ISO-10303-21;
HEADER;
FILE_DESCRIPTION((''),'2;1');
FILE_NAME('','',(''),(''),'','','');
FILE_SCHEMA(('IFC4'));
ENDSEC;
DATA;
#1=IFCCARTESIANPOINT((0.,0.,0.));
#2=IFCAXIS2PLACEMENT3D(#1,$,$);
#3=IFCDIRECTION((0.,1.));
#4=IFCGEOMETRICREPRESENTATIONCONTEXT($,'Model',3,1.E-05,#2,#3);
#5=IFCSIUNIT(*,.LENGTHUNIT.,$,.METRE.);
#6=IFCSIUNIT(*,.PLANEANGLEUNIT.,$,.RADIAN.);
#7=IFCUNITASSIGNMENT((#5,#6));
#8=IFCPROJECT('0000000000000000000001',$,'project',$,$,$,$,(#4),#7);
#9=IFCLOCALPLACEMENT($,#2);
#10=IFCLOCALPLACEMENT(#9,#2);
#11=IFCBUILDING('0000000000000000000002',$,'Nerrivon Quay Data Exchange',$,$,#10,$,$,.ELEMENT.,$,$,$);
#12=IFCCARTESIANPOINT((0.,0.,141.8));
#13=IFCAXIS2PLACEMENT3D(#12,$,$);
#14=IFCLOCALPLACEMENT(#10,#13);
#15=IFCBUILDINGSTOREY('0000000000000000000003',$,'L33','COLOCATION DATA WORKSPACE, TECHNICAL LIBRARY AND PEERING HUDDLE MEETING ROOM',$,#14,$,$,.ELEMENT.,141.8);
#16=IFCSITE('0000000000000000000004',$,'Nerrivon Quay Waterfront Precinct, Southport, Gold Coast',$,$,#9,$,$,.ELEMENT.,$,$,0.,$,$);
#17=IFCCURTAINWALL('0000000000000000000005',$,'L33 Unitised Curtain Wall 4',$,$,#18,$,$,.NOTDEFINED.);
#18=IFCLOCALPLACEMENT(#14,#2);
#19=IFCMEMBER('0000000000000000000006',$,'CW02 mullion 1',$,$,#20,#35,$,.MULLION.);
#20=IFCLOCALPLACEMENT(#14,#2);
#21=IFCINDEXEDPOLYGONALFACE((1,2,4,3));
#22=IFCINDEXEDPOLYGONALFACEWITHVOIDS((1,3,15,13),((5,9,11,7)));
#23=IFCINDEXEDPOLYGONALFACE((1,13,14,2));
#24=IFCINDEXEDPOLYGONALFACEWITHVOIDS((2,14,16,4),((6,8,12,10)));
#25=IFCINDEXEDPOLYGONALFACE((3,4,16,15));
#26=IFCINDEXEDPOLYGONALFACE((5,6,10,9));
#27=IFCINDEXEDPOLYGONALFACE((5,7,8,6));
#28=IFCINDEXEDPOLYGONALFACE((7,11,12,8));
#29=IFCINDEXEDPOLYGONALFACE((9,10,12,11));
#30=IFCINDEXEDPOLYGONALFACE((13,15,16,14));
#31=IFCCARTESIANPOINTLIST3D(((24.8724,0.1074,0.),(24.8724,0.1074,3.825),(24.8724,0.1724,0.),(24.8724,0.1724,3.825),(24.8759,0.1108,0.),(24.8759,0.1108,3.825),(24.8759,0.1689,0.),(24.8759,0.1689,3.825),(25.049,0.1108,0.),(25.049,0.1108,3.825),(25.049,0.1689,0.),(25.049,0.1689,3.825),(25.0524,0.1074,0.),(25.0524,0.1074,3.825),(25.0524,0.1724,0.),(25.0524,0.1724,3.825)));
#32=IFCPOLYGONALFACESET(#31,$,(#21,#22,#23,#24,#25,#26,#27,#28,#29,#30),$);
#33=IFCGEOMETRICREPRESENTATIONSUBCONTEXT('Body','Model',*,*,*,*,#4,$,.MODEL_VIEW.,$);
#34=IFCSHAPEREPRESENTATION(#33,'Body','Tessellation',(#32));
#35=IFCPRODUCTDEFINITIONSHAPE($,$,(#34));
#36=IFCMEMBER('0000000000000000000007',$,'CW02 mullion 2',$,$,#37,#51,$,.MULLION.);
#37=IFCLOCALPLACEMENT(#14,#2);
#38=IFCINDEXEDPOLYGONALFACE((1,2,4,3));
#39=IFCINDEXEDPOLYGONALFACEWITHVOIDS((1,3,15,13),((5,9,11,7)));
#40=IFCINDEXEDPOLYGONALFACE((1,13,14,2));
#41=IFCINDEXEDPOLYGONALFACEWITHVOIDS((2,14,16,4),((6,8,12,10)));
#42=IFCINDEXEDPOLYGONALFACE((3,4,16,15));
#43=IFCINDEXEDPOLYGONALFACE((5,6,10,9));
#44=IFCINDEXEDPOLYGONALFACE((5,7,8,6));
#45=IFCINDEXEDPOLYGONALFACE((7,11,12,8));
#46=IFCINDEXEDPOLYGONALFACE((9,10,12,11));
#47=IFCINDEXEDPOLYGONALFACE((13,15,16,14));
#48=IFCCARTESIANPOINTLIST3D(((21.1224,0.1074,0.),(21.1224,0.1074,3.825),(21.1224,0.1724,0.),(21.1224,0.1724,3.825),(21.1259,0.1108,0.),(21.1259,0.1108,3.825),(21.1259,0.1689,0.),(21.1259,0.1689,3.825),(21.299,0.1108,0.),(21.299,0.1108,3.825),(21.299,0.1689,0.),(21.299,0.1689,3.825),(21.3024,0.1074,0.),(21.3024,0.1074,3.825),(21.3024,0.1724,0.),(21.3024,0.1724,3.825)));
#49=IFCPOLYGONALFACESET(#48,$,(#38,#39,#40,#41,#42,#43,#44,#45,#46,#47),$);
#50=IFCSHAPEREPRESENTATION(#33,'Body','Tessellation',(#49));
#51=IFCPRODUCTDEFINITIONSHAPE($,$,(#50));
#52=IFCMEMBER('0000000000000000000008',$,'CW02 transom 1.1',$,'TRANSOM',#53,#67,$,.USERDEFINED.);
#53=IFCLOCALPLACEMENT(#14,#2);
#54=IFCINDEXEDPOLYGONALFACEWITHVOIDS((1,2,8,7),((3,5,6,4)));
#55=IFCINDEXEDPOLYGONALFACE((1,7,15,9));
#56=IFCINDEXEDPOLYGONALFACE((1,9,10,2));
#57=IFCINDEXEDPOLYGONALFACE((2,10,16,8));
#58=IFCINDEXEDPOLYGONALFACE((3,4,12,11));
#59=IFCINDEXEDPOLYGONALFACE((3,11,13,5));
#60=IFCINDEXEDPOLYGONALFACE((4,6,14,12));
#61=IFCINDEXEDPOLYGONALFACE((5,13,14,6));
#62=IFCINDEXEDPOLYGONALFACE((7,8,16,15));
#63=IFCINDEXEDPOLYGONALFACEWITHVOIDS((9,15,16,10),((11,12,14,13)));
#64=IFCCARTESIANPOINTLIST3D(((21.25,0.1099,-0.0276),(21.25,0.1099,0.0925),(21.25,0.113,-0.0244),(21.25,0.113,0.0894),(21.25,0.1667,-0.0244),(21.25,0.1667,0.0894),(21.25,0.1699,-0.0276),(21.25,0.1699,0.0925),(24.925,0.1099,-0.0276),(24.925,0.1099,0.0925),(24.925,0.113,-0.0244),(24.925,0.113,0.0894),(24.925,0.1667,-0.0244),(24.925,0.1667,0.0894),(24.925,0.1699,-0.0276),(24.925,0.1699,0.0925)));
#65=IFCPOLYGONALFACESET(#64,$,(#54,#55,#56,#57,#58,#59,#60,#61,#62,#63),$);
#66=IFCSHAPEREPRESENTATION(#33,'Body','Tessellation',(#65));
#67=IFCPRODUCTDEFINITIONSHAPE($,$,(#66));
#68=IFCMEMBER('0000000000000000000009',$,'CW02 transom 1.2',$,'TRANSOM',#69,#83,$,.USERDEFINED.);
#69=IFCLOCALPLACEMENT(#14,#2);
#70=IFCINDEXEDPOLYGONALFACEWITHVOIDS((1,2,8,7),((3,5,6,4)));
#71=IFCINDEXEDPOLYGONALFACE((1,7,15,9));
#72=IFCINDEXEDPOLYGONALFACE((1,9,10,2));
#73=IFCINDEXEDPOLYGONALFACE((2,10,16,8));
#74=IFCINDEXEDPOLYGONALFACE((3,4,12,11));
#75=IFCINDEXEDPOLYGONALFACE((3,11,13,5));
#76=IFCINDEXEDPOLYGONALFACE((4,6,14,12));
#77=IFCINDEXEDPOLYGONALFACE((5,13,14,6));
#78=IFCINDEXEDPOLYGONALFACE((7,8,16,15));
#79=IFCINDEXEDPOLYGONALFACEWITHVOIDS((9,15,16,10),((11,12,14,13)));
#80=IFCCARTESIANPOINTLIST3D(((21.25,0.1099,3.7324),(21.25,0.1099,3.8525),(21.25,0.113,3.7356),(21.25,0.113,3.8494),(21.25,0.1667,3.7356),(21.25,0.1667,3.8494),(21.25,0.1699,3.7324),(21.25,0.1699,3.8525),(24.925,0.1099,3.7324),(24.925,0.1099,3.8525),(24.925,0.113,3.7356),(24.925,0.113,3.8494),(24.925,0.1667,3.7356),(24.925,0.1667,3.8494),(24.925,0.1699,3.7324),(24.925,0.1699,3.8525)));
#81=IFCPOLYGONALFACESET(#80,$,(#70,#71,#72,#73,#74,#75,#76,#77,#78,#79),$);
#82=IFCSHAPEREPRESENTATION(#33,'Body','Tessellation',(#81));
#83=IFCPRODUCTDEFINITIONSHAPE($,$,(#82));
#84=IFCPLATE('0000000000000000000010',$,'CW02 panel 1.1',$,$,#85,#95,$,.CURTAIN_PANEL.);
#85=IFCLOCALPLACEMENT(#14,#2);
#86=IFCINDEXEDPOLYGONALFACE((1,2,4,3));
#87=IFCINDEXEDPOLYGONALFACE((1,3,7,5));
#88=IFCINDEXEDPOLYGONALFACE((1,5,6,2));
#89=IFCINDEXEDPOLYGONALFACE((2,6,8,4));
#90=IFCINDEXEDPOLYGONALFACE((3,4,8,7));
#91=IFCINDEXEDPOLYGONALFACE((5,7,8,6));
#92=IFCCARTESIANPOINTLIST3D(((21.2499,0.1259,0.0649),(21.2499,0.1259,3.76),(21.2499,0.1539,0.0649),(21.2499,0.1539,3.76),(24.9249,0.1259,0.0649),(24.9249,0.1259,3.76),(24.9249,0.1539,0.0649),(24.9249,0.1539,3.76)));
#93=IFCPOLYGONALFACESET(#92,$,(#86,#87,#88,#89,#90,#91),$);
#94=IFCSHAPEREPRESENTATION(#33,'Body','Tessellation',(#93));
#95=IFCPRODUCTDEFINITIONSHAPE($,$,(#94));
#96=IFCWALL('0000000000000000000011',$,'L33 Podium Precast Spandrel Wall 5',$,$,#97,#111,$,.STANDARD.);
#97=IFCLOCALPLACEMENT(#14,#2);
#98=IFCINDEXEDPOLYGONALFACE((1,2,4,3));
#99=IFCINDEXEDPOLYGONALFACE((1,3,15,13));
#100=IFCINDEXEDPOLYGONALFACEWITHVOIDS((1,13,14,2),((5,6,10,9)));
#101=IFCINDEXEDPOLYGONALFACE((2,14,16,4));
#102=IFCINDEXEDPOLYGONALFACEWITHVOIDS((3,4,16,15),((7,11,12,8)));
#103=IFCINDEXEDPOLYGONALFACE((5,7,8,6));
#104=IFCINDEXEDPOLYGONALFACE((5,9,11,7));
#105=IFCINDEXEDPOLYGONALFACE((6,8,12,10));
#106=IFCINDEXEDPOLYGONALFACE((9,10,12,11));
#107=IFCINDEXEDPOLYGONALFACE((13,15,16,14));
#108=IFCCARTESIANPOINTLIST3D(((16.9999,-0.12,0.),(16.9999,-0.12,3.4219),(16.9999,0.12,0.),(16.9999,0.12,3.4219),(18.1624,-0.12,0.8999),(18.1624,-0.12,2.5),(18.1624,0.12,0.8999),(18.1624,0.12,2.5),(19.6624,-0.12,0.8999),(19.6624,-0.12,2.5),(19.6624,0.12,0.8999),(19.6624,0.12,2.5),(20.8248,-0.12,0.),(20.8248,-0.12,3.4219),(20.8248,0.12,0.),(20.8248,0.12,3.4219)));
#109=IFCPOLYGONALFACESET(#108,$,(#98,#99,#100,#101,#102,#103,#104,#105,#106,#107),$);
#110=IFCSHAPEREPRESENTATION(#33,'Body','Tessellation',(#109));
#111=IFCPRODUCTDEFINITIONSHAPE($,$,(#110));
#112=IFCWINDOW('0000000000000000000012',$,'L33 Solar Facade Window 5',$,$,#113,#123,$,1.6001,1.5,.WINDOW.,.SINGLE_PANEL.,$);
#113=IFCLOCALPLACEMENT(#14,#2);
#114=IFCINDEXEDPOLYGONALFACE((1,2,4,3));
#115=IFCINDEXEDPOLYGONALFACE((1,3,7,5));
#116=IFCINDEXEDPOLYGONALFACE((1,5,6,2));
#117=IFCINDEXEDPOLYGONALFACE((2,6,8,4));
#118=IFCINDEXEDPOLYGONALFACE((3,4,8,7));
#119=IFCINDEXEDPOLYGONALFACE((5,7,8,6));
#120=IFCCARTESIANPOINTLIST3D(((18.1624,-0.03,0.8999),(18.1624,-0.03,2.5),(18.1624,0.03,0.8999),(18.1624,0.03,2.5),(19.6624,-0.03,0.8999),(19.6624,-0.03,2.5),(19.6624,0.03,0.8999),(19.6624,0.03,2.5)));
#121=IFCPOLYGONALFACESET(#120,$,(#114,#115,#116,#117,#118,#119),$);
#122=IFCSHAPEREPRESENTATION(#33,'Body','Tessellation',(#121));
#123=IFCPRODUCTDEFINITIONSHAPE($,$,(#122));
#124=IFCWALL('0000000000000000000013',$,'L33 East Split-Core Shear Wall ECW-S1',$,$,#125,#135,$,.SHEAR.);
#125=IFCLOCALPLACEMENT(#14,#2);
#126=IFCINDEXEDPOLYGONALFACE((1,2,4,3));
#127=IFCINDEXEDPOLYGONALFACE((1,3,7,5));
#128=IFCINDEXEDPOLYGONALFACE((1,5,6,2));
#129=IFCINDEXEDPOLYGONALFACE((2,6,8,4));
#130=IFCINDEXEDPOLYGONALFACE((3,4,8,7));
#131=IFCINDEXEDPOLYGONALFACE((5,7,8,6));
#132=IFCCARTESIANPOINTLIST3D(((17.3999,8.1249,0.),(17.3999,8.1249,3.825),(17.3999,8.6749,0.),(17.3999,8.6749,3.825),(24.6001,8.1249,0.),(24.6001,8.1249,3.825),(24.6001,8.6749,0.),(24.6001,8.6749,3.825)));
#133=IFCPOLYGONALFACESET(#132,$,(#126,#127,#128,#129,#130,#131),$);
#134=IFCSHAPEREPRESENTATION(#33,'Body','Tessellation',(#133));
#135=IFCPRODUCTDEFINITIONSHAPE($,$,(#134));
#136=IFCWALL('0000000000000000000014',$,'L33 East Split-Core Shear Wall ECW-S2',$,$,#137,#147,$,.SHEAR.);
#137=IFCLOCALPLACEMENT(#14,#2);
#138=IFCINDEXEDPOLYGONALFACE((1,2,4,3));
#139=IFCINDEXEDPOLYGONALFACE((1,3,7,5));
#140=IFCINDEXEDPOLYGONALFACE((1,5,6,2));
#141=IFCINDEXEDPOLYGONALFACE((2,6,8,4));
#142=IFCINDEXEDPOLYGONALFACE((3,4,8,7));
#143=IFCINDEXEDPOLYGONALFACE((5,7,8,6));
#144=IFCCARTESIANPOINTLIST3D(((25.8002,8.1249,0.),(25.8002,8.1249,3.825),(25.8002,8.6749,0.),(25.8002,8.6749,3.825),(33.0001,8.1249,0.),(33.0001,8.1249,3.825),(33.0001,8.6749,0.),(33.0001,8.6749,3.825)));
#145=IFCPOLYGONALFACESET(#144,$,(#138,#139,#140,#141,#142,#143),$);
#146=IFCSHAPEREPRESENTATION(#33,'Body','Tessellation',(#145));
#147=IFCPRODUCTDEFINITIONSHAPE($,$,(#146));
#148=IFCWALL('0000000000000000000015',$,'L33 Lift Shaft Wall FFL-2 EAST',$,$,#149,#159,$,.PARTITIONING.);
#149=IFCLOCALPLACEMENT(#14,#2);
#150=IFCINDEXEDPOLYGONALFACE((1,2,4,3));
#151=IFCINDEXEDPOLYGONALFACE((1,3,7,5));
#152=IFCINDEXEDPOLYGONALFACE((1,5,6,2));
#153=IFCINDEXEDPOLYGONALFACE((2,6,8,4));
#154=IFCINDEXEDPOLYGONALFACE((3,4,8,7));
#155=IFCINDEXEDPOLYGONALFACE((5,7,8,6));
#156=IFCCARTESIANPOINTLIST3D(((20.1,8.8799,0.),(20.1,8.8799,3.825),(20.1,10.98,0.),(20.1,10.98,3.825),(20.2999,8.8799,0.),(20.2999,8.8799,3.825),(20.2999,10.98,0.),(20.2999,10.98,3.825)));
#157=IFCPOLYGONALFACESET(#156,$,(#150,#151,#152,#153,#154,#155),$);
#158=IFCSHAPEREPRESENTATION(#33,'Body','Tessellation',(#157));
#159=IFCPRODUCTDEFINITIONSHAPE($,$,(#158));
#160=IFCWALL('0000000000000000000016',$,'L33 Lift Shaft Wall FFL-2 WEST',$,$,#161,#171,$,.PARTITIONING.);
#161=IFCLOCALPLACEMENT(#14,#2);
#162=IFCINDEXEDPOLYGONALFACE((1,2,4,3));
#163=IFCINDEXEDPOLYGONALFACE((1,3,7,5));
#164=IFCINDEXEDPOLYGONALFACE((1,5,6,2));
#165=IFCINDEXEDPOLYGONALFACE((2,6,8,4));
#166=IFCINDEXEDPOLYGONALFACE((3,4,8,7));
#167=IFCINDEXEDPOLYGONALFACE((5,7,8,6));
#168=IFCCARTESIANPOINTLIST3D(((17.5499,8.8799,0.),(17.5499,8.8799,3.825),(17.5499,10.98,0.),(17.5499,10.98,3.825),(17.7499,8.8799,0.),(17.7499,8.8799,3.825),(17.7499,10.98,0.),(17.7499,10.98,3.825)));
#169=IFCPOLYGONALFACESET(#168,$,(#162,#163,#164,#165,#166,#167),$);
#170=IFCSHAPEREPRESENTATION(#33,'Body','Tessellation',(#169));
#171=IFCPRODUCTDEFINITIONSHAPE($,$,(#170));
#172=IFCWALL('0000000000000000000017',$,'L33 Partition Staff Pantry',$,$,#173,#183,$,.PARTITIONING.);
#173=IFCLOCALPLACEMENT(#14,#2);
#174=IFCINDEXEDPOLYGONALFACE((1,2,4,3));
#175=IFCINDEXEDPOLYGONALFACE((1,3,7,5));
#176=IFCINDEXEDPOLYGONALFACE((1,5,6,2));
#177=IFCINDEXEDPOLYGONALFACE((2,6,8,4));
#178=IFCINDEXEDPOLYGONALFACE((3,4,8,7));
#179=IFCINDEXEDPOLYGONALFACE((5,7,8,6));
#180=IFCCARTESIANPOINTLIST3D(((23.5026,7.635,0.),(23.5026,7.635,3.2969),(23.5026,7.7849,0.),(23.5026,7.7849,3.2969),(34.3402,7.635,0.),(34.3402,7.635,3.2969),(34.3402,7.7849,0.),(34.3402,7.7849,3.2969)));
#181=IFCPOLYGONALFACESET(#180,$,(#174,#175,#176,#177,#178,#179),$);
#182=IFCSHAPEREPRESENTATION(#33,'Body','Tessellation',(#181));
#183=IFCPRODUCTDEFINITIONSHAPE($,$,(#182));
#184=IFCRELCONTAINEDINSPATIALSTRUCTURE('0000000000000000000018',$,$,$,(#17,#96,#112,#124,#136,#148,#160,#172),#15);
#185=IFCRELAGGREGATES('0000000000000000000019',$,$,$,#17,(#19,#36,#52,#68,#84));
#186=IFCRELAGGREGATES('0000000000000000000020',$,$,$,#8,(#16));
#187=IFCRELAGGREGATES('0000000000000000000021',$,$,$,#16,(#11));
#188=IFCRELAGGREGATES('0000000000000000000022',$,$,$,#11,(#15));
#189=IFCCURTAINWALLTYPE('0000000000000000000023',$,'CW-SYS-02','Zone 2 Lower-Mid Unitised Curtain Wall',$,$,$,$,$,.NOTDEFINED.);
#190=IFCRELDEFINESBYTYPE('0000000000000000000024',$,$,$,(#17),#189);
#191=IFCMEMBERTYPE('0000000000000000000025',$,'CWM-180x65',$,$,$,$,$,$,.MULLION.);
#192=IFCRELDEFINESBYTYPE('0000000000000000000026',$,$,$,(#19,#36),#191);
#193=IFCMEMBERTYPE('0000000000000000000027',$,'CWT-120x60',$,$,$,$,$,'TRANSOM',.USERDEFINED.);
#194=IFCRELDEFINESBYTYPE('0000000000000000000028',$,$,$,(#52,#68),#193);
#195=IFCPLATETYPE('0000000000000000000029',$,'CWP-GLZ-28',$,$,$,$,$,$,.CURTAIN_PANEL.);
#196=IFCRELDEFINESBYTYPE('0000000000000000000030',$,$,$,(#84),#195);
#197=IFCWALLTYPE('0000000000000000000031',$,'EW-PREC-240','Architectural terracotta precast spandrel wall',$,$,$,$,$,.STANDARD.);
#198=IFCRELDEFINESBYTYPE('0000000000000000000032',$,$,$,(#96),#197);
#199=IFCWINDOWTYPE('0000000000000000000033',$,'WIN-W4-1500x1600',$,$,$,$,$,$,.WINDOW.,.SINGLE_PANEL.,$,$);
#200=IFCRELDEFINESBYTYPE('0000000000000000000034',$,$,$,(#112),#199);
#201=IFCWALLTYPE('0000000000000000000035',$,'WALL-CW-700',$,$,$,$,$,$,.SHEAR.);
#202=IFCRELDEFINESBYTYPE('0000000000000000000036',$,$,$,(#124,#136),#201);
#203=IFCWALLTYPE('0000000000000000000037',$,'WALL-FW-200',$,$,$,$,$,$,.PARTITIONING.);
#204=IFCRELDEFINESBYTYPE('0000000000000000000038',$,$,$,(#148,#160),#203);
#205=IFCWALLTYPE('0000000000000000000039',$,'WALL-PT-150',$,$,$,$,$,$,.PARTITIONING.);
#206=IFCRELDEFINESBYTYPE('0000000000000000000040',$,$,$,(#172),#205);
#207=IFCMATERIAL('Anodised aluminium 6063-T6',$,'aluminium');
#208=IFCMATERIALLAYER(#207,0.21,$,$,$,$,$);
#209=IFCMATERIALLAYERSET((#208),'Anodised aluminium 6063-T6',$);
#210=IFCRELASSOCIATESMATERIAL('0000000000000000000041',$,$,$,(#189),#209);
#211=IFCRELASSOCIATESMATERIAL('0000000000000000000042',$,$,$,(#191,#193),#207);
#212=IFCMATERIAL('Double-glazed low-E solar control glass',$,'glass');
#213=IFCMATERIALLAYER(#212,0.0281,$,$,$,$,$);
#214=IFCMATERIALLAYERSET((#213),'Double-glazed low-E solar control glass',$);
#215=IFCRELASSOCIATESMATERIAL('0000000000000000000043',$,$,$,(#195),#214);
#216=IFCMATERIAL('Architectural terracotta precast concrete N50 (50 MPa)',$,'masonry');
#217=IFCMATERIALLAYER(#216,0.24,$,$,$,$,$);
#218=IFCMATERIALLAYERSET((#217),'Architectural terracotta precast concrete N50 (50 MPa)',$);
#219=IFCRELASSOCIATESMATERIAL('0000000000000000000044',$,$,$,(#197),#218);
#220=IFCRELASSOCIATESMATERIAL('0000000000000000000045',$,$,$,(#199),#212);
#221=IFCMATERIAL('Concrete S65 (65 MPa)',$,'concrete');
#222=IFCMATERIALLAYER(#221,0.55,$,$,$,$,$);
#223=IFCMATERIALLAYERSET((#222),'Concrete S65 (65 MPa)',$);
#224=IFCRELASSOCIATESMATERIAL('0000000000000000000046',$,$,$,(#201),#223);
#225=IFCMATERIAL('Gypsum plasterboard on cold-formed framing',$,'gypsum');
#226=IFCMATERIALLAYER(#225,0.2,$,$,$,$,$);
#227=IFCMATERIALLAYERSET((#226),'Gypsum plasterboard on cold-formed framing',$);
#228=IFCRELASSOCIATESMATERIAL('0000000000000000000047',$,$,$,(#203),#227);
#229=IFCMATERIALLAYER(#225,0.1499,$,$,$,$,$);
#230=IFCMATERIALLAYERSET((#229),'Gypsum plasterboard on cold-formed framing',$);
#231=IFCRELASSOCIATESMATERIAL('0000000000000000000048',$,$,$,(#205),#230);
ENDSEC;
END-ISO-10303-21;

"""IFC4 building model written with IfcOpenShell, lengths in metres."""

from ifc_helpers import new_model, si_unit, direction, frame, frame_2d, origin, origin_2d, place, context, subcontext, project, spatial, rectangle, hollow_rectangle, extrude, material, layer, layer_set, material_profile, profile_set, type_object, element, fill, aggregate, save


model = new_model("IFC4")

# Units and contexts
model_context = context("Model", 3, precision=1e-05, world=origin(), true_north=direction((0.0, 1.0)))
body_context = subcontext(model_context, "Body", "Model", "MODEL_VIEW")
ifc_project = project(units=[si_unit("LENGTHUNIT", "METRE"), si_unit("PLANEANGLEUNIT", "RADIAN")], contexts=[model_context])

# Site, building, storey
site_placement = place(None, origin())
site = spatial("IfcSite", under=ifc_project, at=site_placement, Name="Nerrivon Quay Waterfront Precinct, Southport, Gold Coast", CompositionType="ELEMENT", RefElevation=0.0)
building_placement = place(site_placement, origin())
building = spatial("IfcBuilding", under=site, at=building_placement, Name="Nerrivon Quay Data Exchange", CompositionType="ELEMENT")
storey_placement = place(building_placement, frame((0.0, 0.0, 141.8)))
storey = spatial("IfcBuildingStorey", under=building, at=storey_placement, Name="L33", Description="COLOCATION DATA WORKSPACE, TECHNICAL LIBRARY AND PEERING HUDDLE MEETING ROOM", CompositionType="ELEMENT", Elevation=141.8)

# Shared definitions
ifc_material_1 = material(Name="Concrete S65 (65 MPa)", Category="concrete")

# Curtain wall, members, plate
ifc_material_2 = material(Name="Anodised aluminium 6063-T6", Category="aluminium")
ifc_layer_1 = layer(ifc_material_2, 0.21)
ifc_layer_set_1 = layer_set([ifc_layer_1], Name="Anodised aluminium 6063-T6")
curtain_wall_type = type_object("IfcCurtainWallType", Name="CW-SYS-02", Description="Zone 2 Lower-Mid Unitised Curtain Wall", PredefinedType="NOTDEFINED", material=ifc_layer_set_1)
curtain_wall_placement = place(storey_placement, origin())
curtain_wall = element("IfcCurtainWall", 1, at=curtain_wall_placement, inside=storey, type_object=curtain_wall_type, Name="L33 Unitised Curtain Wall 4", PredefinedType="NOTDEFINED")
ifc_material_profile_1 = material_profile(ifc_material_2, hollow_rectangle(XDim=0.0649, YDim=0.1799, WallThickness=0.0034, at=origin_2d()), Name="ALU-MULL-180x65")
ifc_profile_set_1 = profile_set([ifc_material_profile_1], Name="Anodised aluminium 6063-T6")
member_type_1 = type_object("IfcMemberType", Name="CWM-180x65", PredefinedType="MULLION", material=ifc_profile_set_1)
member_1_placement = place(storey_placement, frame((24.9624, 0.1399, 0.0), z_axis=(0.0, 0.0, 1.0), x_axis=(0.0, -1.0, 0.0)))
member_1 = element("IfcMember", 2, at=member_1_placement, type_object=member_type_1, Name="CW02 mullion 1", PredefinedType="MULLION", context=body_context, shape_type="SweptSolid", body=[
    extrude(hollow_rectangle(XDim=0.0649, YDim=0.1799, WallThickness=0.0034, at=origin_2d()), origin(), (0.0, 0.0, 1.0), 3.825),
])
member_2_placement = place(storey_placement, frame((21.2124, 0.1399, 0.0), z_axis=(0.0, 0.0, 1.0), x_axis=(0.0, -1.0, 0.0)))
member_2 = element("IfcMember", 3, at=member_2_placement, type_object=member_type_1, Name="CW02 mullion 2", PredefinedType="MULLION", context=body_context, shape_type="SweptSolid", body=[
    extrude(hollow_rectangle(XDim=0.0649, YDim=0.1799, WallThickness=0.0034, at=origin_2d()), origin(), (0.0, 0.0, 1.0), 3.825),
])
ifc_material_profile_2 = material_profile(ifc_material_2, hollow_rectangle(XDim=0.0601, YDim=0.1201, WallThickness=0.0032, at=origin_2d()), Name="ALU-TRAN-120x60")
ifc_profile_set_2 = profile_set([ifc_material_profile_2], Name="Anodised aluminium 6063-T6")
member_type_2 = type_object("IfcMemberType", Name="CWT-120x60", ElementType="TRANSOM", PredefinedType="USERDEFINED", material=ifc_profile_set_2)
member_3_placement = place(storey_placement, frame((24.925, 0.1399, 0.0325), z_axis=(-1.0, 0.0, 0.0), x_axis=(0.0, -1.0, 0.0)))
member_3 = element("IfcMember", 4, at=member_3_placement, type_object=member_type_2, Name="CW02 transom 1.1", ObjectType="TRANSOM", PredefinedType="USERDEFINED", context=body_context, shape_type="SweptSolid", body=[
    extrude(hollow_rectangle(XDim=0.0601, YDim=0.1201, WallThickness=0.0032, at=origin_2d()), origin(), (0.0, 0.0, 1.0), 3.675),
])
member_4_placement = place(storey_placement, frame((24.925, 0.1399, 3.7925), z_axis=(-1.0, 0.0, 0.0), x_axis=(0.0, -1.0, 0.0)))
member_4 = element("IfcMember", 5, at=member_4_placement, type_object=member_type_2, Name="CW02 transom 1.2", ObjectType="TRANSOM", PredefinedType="USERDEFINED", context=body_context, shape_type="SweptSolid", body=[
    extrude(hollow_rectangle(XDim=0.0601, YDim=0.1201, WallThickness=0.0032, at=origin_2d()), origin(), (0.0, 0.0, 1.0), 3.675),
])
ifc_material_3 = material(Name="Double-glazed low-E solar control glass", Category="glass")
ifc_layer_2 = layer(ifc_material_3, 0.0281)
ifc_layer_set_2 = layer_set([ifc_layer_2], Name="Double-glazed low-E solar control glass")
plate_type = type_object("IfcPlateType", Name="CWP-GLZ-28", PredefinedType="CURTAIN_PANEL", material=ifc_layer_set_2)
plate_placement = place(storey_placement, frame((23.0874, 0.1399, 0.0649), z_axis=(0.0, 0.0, 1.0), x_axis=(-1.0, 0.0, 0.0)))
plate = element("IfcPlate", 6, at=plate_placement, type_object=plate_type, Name="CW02 panel 1.1", PredefinedType="CURTAIN_PANEL", context=body_context, shape_type="SweptSolid", body=[
    extrude(rectangle(XDim=3.675, YDim=0.0281, at=origin_2d()), origin(), (0.0, 0.0, 1.0), 3.6951),
])
aggregate(curtain_wall, [member_1, member_2, member_3, member_4, plate])

# Wall, opening, window
ifc_material_4 = material(Name="Architectural terracotta precast concrete N50 (50 MPa)", Category="masonry")
ifc_layer_3 = layer(ifc_material_4, 0.24)
ifc_layer_set_3 = layer_set([ifc_layer_3], Name="Architectural terracotta precast concrete N50 (50 MPa)")
wall_type_1 = type_object("IfcWallType", Name="EW-PREC-240", Description="Architectural terracotta precast spandrel wall", PredefinedType="STANDARD", material=ifc_layer_set_3)
wall_1_placement = place(storey_placement, frame((20.825, 0.0, 0.0), z_axis=(0.0, 0.0, 1.0), x_axis=(-1.0, 0.0, 0.0)))
wall_1 = element("IfcWall", 7, at=wall_1_placement, inside=storey, type_object=wall_type_1, Name="L33 Podium Precast Spandrel Wall 5", PredefinedType="STANDARD", context=body_context, shape_type="SweptSolid", body=[
    extrude(rectangle(XDim=3.825, YDim=0.24, at=frame_2d((1.9126, 0.0))), origin(), (0.0, 0.0, 1.0), 3.4219),
])
opening_placement = place(wall_1_placement, frame((1.1626, 0.0, 0.8999)))
opening = element("IfcOpeningElement", 8, at=opening_placement, cuts=wall_1, PredefinedType="OPENING", context=body_context, shape_type="SweptSolid", body=[
    extrude(rectangle(XDim=1.5, YDim=1.6001, at=frame_2d((0.75, 0.8))), frame((0.0, 0.1299, 0.0), z_axis=(0.0, -1.0, 0.0), x_axis=(1.0, 0.0, 0.0)), (0.0, 0.0, 1.0), 0.26),
])
window_type = type_object("IfcWindowType", Name="WIN-W4-1500x1600", PartitioningType="SINGLE_PANEL", PredefinedType="WINDOW", material=ifc_material_3)
window_placement = place(opening_placement, origin())
window = element("IfcWindow", 9, at=window_placement, inside=storey, type_object=window_type, Name="L33 Solar Facade Window 5", OverallHeight=1.6001, OverallWidth=1.5, PartitioningType="SINGLE_PANEL", PredefinedType="WINDOW", context=body_context, shape_type="SweptSolid", body=[
    extrude(rectangle(XDim=1.5, YDim=1.6001, at=frame_2d((0.75, 0.8))), frame((0.0, 0.03, 0.0), z_axis=(0.0, -1.0, 0.0), x_axis=(1.0, 0.0, 0.0)), (0.0, 0.0, 1.0), 0.0601),
])
fill(opening, window)

# Walls
ifc_layer_4 = layer(ifc_material_1, 0.55)
ifc_layer_set_4 = layer_set([ifc_layer_4], Name="Concrete S65 (65 MPa)")
wall_type_2 = type_object("IfcWallType", Name="WALL-CW-700", PredefinedType="SHEAR", material=ifc_layer_set_4)
wall_2_placement = place(storey_placement, frame((17.3999, 8.3999, 0.0), z_axis=(0.0, 0.0, 1.0), x_axis=(1.0, 0.0, 0.0)))
element("IfcWall", 10, at=wall_2_placement, inside=storey, type_object=wall_type_2, Name="L33 East Split-Core Shear Wall ECW-S1", PredefinedType="SHEAR", context=body_context, shape_type="SweptSolid", body=[
    extrude(rectangle(XDim=7.2002, YDim=0.55, at=frame_2d((3.6001, 0.0))), origin(), (0.0, 0.0, 1.0), 3.825),
])
wall_3_placement = place(storey_placement, frame((25.8, 8.3999, 0.0), z_axis=(0.0, 0.0, 1.0), x_axis=(1.0, 0.0, 0.0)))
element("IfcWall", 11, at=wall_3_placement, inside=storey, type_object=wall_type_2, Name="L33 East Split-Core Shear Wall ECW-S2", PredefinedType="SHEAR", context=body_context, shape_type="SweptSolid", body=[
    extrude(rectangle(XDim=7.2, YDim=0.55, at=frame_2d((3.6001, 0.0))), origin(), (0.0, 0.0, 1.0), 3.825),
])
ifc_material_5 = material(Name="Gypsum plasterboard on cold-formed framing", Category="gypsum")
ifc_layer_5 = layer(ifc_material_5, 0.2)
ifc_layer_set_5 = layer_set([ifc_layer_5], Name="Gypsum plasterboard on cold-formed framing")
wall_type_3 = type_object("IfcWallType", Name="WALL-FW-200", PredefinedType="PARTITIONING", material=ifc_layer_set_5)
for number, where, z_axis, x_axis, name in (
    (12, (20.2, 8.8799, 0.0), (0.0, 0.0, 1.0), (0.0, 1.0, 0.0), "L33 Lift Shaft Wall FFL-2 EAST"),
    (13, (17.6499, 8.8799, 0.0), (0.0, 0.0, 1.0), (0.0, 1.0, 0.0), "L33 Lift Shaft Wall FFL-2 WEST"),
):
    element("IfcWall", number, at=place(storey_placement, frame(where, z_axis=z_axis, x_axis=x_axis)), inside=storey, type_object=wall_type_3, Name=name, PredefinedType="PARTITIONING", context=body_context, shape_type="SweptSolid", body=[
        extrude(rectangle(XDim=2.1001, YDim=0.2, at=frame_2d((1.05, 0.0))), origin(), (0.0, 0.0, 1.0), 3.825),
    ])
ifc_layer_6 = layer(ifc_material_5, 0.1499)
ifc_layer_set_6 = layer_set([ifc_layer_6], Name="Gypsum plasterboard on cold-formed framing")
wall_type_4 = type_object("IfcWallType", Name="WALL-PT-150", PredefinedType="PARTITIONING", material=ifc_layer_set_6)
wall_4_placement = place(storey_placement, frame((23.5024, 7.71, 0.0), z_axis=(0.0, 0.0, 1.0), x_axis=(1.0, 0.0, 0.0)))
element("IfcWall", 14, at=wall_4_placement, inside=storey, type_object=wall_type_4, Name="L33 Partition Staff Pantry", PredefinedType="PARTITIONING", context=body_context, shape_type="SweptSolid", body=[
    extrude(rectangle(XDim=10.8376, YDim=0.1499, at=frame_2d((5.4189, 0.0))), origin(), (0.0, 0.0, 1.0), 3.2969),
])

save(model, "model.ifc")
